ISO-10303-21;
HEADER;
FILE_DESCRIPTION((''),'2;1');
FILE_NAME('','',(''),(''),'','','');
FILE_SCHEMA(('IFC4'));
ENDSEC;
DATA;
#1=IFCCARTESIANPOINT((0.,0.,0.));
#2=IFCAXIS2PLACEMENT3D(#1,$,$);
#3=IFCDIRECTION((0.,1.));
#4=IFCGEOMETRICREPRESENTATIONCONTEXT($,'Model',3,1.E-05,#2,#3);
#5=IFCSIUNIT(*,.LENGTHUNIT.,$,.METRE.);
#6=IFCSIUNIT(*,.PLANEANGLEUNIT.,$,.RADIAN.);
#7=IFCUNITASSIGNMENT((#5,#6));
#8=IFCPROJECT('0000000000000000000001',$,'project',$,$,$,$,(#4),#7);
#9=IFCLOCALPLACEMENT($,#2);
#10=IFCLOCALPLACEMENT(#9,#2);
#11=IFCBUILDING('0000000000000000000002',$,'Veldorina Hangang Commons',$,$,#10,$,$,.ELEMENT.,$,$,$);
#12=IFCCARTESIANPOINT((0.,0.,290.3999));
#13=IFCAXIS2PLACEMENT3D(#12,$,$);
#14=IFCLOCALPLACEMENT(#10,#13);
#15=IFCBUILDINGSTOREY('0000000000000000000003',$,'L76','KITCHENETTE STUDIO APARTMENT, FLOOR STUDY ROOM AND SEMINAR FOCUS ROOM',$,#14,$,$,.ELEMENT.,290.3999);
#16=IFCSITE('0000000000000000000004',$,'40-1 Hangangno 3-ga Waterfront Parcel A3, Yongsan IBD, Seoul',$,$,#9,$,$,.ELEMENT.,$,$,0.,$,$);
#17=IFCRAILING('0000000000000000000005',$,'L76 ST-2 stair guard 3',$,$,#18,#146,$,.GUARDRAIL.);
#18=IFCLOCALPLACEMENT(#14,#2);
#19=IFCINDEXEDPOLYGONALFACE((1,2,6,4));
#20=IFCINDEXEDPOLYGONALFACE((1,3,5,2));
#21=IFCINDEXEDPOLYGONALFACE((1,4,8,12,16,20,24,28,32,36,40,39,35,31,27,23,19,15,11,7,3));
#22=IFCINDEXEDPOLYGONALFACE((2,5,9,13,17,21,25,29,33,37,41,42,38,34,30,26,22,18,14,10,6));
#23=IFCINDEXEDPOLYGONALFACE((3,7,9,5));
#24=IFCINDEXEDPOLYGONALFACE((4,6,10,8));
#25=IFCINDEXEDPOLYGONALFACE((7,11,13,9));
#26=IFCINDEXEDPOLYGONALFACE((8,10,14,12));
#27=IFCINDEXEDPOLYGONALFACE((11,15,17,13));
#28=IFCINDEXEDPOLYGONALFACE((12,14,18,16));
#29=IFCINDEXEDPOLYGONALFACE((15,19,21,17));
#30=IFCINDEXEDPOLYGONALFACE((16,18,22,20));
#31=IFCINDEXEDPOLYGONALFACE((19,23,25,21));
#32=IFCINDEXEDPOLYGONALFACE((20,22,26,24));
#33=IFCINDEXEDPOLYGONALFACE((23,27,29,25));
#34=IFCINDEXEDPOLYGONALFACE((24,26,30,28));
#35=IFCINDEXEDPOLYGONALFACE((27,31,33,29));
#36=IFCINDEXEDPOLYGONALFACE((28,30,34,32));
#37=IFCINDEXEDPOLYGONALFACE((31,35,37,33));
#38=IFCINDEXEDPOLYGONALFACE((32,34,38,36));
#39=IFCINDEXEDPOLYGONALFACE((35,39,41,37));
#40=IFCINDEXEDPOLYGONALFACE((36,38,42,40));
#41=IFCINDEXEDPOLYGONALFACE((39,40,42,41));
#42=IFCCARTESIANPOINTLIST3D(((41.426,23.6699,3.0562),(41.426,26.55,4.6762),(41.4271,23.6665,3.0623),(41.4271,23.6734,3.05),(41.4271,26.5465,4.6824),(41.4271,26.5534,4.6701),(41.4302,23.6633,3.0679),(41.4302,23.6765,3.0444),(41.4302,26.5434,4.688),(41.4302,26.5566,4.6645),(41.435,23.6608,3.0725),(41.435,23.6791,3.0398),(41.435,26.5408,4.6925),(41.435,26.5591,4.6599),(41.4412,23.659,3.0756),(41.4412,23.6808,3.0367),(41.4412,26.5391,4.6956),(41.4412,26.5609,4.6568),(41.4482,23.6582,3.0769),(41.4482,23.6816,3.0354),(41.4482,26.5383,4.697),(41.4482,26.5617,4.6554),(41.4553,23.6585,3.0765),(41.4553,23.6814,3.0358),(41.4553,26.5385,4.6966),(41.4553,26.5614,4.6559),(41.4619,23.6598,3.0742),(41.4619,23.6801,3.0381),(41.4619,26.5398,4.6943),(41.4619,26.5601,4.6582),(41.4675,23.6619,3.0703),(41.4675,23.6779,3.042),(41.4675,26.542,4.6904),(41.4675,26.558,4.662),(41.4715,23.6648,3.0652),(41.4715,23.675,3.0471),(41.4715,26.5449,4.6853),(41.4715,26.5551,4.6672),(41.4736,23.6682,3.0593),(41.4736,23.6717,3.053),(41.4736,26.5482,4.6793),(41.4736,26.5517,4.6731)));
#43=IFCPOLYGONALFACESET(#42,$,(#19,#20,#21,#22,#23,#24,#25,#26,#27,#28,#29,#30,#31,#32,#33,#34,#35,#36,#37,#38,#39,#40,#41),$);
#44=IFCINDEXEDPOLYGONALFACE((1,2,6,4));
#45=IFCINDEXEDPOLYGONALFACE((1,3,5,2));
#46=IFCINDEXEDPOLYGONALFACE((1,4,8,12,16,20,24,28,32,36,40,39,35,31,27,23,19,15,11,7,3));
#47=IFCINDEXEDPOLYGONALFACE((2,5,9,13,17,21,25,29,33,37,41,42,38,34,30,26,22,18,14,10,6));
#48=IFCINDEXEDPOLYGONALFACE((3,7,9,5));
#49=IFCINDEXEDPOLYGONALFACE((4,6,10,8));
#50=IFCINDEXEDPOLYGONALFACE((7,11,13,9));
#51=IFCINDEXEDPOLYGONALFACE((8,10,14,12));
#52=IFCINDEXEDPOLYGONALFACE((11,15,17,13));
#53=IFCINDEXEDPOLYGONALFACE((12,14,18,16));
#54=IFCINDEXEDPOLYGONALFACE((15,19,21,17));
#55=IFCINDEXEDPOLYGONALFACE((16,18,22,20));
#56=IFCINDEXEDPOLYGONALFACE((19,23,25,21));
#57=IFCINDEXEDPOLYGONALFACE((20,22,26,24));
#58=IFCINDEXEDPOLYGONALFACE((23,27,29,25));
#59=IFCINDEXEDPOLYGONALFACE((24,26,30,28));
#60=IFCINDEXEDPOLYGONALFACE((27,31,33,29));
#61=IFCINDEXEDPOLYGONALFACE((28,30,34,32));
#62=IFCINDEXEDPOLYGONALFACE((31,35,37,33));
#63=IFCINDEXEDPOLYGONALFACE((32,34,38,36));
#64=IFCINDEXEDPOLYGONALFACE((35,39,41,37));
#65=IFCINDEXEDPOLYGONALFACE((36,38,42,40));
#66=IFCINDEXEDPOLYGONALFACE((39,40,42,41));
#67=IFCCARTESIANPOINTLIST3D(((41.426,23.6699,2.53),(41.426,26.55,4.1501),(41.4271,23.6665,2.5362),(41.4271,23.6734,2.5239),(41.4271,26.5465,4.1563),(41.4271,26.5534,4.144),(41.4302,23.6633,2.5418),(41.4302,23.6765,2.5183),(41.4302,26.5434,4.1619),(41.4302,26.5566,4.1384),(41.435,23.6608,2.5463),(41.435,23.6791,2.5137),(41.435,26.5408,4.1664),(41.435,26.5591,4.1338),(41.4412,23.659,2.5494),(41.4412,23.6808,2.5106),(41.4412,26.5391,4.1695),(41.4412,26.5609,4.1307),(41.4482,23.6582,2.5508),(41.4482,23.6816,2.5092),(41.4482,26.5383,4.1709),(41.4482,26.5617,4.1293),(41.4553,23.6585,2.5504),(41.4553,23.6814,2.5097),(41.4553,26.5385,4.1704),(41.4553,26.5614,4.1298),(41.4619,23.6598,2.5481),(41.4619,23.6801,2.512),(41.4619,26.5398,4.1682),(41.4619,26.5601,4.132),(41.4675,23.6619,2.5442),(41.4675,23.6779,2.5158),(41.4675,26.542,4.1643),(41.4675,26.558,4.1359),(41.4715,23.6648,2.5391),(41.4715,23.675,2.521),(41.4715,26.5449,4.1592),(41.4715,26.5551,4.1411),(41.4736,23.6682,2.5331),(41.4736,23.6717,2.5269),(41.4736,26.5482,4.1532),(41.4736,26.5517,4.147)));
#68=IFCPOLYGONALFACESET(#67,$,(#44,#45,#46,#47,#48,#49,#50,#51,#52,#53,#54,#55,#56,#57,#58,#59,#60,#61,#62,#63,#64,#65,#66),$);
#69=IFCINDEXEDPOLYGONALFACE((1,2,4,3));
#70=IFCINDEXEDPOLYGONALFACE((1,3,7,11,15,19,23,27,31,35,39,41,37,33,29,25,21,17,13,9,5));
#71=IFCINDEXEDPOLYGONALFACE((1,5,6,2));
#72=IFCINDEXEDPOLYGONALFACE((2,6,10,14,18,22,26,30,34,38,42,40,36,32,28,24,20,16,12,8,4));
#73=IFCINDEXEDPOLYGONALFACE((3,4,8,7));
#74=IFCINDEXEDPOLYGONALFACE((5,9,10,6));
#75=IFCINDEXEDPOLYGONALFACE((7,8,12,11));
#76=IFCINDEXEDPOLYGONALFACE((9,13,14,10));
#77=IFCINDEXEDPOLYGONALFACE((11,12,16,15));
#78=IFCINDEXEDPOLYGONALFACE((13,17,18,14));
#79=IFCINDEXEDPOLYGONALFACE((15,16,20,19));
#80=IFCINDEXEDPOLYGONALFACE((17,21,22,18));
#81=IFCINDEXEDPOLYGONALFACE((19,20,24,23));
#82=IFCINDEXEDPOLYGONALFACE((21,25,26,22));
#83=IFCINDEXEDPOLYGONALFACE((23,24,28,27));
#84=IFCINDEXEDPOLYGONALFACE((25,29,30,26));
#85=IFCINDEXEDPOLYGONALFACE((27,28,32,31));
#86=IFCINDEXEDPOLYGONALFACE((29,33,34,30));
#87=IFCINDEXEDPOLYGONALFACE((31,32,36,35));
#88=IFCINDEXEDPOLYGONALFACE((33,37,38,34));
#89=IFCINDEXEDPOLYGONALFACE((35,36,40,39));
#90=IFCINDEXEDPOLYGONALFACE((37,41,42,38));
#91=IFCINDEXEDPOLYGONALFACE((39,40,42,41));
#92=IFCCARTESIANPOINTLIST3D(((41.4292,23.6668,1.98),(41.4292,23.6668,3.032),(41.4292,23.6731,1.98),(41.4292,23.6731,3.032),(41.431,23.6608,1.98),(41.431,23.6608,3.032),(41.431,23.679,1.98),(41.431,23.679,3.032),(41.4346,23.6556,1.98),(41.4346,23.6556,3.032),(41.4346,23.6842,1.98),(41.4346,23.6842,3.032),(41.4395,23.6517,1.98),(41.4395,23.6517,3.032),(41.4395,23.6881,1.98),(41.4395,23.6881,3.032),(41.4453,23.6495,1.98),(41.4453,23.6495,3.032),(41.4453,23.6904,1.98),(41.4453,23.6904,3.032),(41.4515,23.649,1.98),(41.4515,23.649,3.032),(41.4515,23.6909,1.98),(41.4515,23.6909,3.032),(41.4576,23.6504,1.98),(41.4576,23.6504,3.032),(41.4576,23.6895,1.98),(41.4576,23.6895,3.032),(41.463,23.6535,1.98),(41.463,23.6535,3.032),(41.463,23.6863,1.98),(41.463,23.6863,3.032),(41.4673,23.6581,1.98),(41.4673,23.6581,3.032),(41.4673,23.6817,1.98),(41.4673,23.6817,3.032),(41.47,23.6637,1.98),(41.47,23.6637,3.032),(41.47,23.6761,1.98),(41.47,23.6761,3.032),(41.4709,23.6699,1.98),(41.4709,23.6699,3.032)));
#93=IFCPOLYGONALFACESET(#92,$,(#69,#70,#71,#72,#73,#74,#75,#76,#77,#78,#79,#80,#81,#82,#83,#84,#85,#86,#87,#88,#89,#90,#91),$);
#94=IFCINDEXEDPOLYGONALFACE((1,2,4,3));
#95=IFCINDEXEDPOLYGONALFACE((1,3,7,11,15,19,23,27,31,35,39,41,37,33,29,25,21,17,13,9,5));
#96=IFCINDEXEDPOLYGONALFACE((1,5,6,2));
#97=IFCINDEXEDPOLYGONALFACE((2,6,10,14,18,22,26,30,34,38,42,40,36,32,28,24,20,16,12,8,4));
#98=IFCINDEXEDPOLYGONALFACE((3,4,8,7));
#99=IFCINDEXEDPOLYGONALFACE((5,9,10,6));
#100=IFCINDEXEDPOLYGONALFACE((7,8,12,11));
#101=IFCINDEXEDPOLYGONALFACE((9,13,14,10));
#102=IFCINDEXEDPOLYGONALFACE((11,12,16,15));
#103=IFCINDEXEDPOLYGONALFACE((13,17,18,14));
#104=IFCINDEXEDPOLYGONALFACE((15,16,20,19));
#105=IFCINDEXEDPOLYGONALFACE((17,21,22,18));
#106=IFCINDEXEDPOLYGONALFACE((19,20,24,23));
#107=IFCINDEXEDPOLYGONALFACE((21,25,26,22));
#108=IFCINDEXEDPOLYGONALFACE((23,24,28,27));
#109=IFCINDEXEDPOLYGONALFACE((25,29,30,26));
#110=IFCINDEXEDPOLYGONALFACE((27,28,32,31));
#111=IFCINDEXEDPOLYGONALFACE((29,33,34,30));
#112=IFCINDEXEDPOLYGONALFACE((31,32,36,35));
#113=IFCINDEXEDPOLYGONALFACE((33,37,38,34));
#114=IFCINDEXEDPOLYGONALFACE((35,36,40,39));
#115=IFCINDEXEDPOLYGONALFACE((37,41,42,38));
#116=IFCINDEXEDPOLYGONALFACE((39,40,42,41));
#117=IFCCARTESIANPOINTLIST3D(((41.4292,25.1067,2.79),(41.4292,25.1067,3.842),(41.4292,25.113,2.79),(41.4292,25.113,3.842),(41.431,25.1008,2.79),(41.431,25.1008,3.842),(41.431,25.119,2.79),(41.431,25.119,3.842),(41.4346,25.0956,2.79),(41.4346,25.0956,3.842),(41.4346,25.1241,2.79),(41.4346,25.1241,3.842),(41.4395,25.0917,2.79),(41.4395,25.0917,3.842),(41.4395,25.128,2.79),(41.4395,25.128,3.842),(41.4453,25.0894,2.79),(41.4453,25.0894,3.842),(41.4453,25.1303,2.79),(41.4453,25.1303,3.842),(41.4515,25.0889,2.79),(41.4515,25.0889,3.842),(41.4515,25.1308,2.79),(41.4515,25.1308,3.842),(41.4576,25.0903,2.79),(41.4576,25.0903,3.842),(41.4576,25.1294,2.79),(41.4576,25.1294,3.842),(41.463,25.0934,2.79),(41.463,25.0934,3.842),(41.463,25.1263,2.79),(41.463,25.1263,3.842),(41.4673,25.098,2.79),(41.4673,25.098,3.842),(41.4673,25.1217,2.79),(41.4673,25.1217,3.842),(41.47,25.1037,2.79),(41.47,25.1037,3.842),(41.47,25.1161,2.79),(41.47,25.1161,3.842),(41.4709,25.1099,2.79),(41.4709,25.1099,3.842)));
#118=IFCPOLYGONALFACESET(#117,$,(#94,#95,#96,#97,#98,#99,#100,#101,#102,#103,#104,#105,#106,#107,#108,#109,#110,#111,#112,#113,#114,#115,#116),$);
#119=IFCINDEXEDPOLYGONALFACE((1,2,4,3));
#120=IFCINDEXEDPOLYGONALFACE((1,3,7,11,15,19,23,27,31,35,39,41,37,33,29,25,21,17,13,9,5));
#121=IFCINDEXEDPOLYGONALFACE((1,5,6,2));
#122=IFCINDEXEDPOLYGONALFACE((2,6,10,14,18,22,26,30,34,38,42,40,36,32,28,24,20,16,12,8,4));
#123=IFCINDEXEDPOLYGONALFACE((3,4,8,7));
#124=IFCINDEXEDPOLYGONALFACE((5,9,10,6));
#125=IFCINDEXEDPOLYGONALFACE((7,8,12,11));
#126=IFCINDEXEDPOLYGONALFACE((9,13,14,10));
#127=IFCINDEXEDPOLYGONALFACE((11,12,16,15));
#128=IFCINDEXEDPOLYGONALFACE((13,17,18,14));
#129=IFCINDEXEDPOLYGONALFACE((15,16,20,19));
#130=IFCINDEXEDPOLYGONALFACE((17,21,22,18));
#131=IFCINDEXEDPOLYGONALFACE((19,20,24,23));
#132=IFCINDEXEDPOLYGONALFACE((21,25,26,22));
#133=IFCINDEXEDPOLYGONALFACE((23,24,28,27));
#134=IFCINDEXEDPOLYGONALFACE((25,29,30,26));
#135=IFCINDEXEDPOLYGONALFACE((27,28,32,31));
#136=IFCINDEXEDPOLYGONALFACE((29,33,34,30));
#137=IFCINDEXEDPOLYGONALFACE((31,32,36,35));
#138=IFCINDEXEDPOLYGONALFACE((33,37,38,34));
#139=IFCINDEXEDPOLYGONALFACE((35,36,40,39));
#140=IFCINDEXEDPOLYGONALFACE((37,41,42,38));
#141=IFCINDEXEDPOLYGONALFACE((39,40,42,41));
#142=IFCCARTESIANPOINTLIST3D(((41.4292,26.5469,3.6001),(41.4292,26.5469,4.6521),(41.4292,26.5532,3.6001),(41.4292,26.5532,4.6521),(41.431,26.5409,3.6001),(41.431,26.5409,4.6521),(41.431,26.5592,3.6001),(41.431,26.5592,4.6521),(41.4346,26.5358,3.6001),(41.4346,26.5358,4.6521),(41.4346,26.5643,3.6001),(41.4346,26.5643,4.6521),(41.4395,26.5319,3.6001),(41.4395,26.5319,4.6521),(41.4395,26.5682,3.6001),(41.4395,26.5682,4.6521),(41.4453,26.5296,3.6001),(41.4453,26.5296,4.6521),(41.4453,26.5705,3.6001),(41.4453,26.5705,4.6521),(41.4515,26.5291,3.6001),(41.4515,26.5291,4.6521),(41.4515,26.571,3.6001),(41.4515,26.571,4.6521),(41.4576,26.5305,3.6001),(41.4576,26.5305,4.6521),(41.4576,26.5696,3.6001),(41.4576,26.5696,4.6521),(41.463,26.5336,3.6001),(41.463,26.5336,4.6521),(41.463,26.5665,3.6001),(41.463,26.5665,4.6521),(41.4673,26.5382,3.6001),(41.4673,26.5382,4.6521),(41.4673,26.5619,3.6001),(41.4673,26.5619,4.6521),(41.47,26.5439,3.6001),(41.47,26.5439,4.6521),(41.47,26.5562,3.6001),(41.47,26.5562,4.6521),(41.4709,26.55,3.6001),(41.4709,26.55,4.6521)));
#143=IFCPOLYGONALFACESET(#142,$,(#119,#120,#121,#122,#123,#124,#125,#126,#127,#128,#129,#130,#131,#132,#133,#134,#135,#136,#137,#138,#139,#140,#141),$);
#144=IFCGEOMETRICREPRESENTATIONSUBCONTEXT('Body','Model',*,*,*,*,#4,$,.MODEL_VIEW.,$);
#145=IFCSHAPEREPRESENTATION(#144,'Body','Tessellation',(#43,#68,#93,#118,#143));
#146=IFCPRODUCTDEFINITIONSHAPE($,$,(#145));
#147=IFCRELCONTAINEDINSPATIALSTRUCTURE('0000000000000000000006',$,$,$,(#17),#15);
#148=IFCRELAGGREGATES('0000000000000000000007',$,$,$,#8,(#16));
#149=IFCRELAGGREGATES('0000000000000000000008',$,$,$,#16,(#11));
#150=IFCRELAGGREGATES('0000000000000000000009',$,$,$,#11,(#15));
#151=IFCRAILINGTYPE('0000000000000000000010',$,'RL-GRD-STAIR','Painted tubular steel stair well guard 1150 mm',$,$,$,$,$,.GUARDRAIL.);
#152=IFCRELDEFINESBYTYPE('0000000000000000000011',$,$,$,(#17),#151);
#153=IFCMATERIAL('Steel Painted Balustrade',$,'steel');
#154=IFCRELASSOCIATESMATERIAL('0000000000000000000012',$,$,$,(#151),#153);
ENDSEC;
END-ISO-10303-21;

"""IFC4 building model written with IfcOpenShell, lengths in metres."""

from ifc_helpers import new_model, si_unit, direction, frame, origin, origin_2d, place, context, subcontext, project, spatial, circle, extrude, material, type_object, element, save


model = new_model("IFC4")

# Units and contexts
model_context = context("Model", 3, precision=1e-05, world=origin(), true_north=direction((0.0, 1.0)))
body_context = subcontext(model_context, "Body", "Model", "MODEL_VIEW")
ifc_project = project(units=[si_unit("LENGTHUNIT", "METRE"), si_unit("PLANEANGLEUNIT", "RADIAN")], contexts=[model_context])

# Site, building, storey
site_placement = place(None, origin())
site = spatial("IfcSite", under=ifc_project, at=site_placement, Name="40-1 Hangangno 3-ga Waterfront Parcel A3, Yongsan IBD, Seoul", CompositionType="ELEMENT", RefElevation=0.0)
building_placement = place(site_placement, origin())
building = spatial("IfcBuilding", under=site, at=building_placement, Name="Veldorina Hangang Commons", CompositionType="ELEMENT")
storey_placement = place(building_placement, frame((0.0, 0.0, 290.3999)))
storey = spatial("IfcBuildingStorey", under=building, at=storey_placement, Name="L76", Description="KITCHENETTE STUDIO APARTMENT, FLOOR STUDY ROOM AND SEMINAR FOCUS ROOM", CompositionType="ELEMENT", Elevation=290.3999)

# Railing
ifc_material_1 = material(Name="Steel Painted Balustrade", Category="steel")
railing_type_1 = type_object("IfcRailingType", Name="RL-GRD-STAIR", Description="Painted tubular steel stair well guard 1150 mm", PredefinedType="GUARDRAIL", material=ifc_material_1)
railing_1_placement = place(storey_placement, frame((41.45, 23.6699, 1.98)))
element("IfcRailing", 1, at=railing_1_placement, inside=storey, type_object=railing_type_1, Name="L76 ST-2 stair guard 3", PredefinedType="GUARDRAIL", context=body_context, shape_type="SweptSolid", body=[
    extrude(circle(Radius=0.0239, at=origin_2d()), frame((0.0, 0.0, 1.0762), z_axis=(0.0, 0.87157, 0.490272), x_axis=(-1.0, 0.0, 0.0)), (0.0, 0.0, 1.0), 3.3044),
    extrude(circle(Radius=0.0239, at=origin_2d()), frame((0.0, 0.0, 0.55), z_axis=(0.0, 0.87157, 0.490272), x_axis=(-1.0, 0.0, 0.0)), (0.0, 0.0, 1.0), 3.3044),
    extrude(circle(Radius=0.021, at=origin_2d()), origin(), (0.0, 0.0, 1.0), 1.052),
    extrude(circle(Radius=0.021, at=origin_2d()), frame((0.0, 1.4399, 0.8101)), (0.0, 0.0, 1.0), 1.052),
    extrude(circle(Radius=0.021, at=origin_2d()), frame((0.0, 2.8801, 1.6201)), (0.0, 0.0, 1.0), 1.052),
])

save(model, "model.ifc")
